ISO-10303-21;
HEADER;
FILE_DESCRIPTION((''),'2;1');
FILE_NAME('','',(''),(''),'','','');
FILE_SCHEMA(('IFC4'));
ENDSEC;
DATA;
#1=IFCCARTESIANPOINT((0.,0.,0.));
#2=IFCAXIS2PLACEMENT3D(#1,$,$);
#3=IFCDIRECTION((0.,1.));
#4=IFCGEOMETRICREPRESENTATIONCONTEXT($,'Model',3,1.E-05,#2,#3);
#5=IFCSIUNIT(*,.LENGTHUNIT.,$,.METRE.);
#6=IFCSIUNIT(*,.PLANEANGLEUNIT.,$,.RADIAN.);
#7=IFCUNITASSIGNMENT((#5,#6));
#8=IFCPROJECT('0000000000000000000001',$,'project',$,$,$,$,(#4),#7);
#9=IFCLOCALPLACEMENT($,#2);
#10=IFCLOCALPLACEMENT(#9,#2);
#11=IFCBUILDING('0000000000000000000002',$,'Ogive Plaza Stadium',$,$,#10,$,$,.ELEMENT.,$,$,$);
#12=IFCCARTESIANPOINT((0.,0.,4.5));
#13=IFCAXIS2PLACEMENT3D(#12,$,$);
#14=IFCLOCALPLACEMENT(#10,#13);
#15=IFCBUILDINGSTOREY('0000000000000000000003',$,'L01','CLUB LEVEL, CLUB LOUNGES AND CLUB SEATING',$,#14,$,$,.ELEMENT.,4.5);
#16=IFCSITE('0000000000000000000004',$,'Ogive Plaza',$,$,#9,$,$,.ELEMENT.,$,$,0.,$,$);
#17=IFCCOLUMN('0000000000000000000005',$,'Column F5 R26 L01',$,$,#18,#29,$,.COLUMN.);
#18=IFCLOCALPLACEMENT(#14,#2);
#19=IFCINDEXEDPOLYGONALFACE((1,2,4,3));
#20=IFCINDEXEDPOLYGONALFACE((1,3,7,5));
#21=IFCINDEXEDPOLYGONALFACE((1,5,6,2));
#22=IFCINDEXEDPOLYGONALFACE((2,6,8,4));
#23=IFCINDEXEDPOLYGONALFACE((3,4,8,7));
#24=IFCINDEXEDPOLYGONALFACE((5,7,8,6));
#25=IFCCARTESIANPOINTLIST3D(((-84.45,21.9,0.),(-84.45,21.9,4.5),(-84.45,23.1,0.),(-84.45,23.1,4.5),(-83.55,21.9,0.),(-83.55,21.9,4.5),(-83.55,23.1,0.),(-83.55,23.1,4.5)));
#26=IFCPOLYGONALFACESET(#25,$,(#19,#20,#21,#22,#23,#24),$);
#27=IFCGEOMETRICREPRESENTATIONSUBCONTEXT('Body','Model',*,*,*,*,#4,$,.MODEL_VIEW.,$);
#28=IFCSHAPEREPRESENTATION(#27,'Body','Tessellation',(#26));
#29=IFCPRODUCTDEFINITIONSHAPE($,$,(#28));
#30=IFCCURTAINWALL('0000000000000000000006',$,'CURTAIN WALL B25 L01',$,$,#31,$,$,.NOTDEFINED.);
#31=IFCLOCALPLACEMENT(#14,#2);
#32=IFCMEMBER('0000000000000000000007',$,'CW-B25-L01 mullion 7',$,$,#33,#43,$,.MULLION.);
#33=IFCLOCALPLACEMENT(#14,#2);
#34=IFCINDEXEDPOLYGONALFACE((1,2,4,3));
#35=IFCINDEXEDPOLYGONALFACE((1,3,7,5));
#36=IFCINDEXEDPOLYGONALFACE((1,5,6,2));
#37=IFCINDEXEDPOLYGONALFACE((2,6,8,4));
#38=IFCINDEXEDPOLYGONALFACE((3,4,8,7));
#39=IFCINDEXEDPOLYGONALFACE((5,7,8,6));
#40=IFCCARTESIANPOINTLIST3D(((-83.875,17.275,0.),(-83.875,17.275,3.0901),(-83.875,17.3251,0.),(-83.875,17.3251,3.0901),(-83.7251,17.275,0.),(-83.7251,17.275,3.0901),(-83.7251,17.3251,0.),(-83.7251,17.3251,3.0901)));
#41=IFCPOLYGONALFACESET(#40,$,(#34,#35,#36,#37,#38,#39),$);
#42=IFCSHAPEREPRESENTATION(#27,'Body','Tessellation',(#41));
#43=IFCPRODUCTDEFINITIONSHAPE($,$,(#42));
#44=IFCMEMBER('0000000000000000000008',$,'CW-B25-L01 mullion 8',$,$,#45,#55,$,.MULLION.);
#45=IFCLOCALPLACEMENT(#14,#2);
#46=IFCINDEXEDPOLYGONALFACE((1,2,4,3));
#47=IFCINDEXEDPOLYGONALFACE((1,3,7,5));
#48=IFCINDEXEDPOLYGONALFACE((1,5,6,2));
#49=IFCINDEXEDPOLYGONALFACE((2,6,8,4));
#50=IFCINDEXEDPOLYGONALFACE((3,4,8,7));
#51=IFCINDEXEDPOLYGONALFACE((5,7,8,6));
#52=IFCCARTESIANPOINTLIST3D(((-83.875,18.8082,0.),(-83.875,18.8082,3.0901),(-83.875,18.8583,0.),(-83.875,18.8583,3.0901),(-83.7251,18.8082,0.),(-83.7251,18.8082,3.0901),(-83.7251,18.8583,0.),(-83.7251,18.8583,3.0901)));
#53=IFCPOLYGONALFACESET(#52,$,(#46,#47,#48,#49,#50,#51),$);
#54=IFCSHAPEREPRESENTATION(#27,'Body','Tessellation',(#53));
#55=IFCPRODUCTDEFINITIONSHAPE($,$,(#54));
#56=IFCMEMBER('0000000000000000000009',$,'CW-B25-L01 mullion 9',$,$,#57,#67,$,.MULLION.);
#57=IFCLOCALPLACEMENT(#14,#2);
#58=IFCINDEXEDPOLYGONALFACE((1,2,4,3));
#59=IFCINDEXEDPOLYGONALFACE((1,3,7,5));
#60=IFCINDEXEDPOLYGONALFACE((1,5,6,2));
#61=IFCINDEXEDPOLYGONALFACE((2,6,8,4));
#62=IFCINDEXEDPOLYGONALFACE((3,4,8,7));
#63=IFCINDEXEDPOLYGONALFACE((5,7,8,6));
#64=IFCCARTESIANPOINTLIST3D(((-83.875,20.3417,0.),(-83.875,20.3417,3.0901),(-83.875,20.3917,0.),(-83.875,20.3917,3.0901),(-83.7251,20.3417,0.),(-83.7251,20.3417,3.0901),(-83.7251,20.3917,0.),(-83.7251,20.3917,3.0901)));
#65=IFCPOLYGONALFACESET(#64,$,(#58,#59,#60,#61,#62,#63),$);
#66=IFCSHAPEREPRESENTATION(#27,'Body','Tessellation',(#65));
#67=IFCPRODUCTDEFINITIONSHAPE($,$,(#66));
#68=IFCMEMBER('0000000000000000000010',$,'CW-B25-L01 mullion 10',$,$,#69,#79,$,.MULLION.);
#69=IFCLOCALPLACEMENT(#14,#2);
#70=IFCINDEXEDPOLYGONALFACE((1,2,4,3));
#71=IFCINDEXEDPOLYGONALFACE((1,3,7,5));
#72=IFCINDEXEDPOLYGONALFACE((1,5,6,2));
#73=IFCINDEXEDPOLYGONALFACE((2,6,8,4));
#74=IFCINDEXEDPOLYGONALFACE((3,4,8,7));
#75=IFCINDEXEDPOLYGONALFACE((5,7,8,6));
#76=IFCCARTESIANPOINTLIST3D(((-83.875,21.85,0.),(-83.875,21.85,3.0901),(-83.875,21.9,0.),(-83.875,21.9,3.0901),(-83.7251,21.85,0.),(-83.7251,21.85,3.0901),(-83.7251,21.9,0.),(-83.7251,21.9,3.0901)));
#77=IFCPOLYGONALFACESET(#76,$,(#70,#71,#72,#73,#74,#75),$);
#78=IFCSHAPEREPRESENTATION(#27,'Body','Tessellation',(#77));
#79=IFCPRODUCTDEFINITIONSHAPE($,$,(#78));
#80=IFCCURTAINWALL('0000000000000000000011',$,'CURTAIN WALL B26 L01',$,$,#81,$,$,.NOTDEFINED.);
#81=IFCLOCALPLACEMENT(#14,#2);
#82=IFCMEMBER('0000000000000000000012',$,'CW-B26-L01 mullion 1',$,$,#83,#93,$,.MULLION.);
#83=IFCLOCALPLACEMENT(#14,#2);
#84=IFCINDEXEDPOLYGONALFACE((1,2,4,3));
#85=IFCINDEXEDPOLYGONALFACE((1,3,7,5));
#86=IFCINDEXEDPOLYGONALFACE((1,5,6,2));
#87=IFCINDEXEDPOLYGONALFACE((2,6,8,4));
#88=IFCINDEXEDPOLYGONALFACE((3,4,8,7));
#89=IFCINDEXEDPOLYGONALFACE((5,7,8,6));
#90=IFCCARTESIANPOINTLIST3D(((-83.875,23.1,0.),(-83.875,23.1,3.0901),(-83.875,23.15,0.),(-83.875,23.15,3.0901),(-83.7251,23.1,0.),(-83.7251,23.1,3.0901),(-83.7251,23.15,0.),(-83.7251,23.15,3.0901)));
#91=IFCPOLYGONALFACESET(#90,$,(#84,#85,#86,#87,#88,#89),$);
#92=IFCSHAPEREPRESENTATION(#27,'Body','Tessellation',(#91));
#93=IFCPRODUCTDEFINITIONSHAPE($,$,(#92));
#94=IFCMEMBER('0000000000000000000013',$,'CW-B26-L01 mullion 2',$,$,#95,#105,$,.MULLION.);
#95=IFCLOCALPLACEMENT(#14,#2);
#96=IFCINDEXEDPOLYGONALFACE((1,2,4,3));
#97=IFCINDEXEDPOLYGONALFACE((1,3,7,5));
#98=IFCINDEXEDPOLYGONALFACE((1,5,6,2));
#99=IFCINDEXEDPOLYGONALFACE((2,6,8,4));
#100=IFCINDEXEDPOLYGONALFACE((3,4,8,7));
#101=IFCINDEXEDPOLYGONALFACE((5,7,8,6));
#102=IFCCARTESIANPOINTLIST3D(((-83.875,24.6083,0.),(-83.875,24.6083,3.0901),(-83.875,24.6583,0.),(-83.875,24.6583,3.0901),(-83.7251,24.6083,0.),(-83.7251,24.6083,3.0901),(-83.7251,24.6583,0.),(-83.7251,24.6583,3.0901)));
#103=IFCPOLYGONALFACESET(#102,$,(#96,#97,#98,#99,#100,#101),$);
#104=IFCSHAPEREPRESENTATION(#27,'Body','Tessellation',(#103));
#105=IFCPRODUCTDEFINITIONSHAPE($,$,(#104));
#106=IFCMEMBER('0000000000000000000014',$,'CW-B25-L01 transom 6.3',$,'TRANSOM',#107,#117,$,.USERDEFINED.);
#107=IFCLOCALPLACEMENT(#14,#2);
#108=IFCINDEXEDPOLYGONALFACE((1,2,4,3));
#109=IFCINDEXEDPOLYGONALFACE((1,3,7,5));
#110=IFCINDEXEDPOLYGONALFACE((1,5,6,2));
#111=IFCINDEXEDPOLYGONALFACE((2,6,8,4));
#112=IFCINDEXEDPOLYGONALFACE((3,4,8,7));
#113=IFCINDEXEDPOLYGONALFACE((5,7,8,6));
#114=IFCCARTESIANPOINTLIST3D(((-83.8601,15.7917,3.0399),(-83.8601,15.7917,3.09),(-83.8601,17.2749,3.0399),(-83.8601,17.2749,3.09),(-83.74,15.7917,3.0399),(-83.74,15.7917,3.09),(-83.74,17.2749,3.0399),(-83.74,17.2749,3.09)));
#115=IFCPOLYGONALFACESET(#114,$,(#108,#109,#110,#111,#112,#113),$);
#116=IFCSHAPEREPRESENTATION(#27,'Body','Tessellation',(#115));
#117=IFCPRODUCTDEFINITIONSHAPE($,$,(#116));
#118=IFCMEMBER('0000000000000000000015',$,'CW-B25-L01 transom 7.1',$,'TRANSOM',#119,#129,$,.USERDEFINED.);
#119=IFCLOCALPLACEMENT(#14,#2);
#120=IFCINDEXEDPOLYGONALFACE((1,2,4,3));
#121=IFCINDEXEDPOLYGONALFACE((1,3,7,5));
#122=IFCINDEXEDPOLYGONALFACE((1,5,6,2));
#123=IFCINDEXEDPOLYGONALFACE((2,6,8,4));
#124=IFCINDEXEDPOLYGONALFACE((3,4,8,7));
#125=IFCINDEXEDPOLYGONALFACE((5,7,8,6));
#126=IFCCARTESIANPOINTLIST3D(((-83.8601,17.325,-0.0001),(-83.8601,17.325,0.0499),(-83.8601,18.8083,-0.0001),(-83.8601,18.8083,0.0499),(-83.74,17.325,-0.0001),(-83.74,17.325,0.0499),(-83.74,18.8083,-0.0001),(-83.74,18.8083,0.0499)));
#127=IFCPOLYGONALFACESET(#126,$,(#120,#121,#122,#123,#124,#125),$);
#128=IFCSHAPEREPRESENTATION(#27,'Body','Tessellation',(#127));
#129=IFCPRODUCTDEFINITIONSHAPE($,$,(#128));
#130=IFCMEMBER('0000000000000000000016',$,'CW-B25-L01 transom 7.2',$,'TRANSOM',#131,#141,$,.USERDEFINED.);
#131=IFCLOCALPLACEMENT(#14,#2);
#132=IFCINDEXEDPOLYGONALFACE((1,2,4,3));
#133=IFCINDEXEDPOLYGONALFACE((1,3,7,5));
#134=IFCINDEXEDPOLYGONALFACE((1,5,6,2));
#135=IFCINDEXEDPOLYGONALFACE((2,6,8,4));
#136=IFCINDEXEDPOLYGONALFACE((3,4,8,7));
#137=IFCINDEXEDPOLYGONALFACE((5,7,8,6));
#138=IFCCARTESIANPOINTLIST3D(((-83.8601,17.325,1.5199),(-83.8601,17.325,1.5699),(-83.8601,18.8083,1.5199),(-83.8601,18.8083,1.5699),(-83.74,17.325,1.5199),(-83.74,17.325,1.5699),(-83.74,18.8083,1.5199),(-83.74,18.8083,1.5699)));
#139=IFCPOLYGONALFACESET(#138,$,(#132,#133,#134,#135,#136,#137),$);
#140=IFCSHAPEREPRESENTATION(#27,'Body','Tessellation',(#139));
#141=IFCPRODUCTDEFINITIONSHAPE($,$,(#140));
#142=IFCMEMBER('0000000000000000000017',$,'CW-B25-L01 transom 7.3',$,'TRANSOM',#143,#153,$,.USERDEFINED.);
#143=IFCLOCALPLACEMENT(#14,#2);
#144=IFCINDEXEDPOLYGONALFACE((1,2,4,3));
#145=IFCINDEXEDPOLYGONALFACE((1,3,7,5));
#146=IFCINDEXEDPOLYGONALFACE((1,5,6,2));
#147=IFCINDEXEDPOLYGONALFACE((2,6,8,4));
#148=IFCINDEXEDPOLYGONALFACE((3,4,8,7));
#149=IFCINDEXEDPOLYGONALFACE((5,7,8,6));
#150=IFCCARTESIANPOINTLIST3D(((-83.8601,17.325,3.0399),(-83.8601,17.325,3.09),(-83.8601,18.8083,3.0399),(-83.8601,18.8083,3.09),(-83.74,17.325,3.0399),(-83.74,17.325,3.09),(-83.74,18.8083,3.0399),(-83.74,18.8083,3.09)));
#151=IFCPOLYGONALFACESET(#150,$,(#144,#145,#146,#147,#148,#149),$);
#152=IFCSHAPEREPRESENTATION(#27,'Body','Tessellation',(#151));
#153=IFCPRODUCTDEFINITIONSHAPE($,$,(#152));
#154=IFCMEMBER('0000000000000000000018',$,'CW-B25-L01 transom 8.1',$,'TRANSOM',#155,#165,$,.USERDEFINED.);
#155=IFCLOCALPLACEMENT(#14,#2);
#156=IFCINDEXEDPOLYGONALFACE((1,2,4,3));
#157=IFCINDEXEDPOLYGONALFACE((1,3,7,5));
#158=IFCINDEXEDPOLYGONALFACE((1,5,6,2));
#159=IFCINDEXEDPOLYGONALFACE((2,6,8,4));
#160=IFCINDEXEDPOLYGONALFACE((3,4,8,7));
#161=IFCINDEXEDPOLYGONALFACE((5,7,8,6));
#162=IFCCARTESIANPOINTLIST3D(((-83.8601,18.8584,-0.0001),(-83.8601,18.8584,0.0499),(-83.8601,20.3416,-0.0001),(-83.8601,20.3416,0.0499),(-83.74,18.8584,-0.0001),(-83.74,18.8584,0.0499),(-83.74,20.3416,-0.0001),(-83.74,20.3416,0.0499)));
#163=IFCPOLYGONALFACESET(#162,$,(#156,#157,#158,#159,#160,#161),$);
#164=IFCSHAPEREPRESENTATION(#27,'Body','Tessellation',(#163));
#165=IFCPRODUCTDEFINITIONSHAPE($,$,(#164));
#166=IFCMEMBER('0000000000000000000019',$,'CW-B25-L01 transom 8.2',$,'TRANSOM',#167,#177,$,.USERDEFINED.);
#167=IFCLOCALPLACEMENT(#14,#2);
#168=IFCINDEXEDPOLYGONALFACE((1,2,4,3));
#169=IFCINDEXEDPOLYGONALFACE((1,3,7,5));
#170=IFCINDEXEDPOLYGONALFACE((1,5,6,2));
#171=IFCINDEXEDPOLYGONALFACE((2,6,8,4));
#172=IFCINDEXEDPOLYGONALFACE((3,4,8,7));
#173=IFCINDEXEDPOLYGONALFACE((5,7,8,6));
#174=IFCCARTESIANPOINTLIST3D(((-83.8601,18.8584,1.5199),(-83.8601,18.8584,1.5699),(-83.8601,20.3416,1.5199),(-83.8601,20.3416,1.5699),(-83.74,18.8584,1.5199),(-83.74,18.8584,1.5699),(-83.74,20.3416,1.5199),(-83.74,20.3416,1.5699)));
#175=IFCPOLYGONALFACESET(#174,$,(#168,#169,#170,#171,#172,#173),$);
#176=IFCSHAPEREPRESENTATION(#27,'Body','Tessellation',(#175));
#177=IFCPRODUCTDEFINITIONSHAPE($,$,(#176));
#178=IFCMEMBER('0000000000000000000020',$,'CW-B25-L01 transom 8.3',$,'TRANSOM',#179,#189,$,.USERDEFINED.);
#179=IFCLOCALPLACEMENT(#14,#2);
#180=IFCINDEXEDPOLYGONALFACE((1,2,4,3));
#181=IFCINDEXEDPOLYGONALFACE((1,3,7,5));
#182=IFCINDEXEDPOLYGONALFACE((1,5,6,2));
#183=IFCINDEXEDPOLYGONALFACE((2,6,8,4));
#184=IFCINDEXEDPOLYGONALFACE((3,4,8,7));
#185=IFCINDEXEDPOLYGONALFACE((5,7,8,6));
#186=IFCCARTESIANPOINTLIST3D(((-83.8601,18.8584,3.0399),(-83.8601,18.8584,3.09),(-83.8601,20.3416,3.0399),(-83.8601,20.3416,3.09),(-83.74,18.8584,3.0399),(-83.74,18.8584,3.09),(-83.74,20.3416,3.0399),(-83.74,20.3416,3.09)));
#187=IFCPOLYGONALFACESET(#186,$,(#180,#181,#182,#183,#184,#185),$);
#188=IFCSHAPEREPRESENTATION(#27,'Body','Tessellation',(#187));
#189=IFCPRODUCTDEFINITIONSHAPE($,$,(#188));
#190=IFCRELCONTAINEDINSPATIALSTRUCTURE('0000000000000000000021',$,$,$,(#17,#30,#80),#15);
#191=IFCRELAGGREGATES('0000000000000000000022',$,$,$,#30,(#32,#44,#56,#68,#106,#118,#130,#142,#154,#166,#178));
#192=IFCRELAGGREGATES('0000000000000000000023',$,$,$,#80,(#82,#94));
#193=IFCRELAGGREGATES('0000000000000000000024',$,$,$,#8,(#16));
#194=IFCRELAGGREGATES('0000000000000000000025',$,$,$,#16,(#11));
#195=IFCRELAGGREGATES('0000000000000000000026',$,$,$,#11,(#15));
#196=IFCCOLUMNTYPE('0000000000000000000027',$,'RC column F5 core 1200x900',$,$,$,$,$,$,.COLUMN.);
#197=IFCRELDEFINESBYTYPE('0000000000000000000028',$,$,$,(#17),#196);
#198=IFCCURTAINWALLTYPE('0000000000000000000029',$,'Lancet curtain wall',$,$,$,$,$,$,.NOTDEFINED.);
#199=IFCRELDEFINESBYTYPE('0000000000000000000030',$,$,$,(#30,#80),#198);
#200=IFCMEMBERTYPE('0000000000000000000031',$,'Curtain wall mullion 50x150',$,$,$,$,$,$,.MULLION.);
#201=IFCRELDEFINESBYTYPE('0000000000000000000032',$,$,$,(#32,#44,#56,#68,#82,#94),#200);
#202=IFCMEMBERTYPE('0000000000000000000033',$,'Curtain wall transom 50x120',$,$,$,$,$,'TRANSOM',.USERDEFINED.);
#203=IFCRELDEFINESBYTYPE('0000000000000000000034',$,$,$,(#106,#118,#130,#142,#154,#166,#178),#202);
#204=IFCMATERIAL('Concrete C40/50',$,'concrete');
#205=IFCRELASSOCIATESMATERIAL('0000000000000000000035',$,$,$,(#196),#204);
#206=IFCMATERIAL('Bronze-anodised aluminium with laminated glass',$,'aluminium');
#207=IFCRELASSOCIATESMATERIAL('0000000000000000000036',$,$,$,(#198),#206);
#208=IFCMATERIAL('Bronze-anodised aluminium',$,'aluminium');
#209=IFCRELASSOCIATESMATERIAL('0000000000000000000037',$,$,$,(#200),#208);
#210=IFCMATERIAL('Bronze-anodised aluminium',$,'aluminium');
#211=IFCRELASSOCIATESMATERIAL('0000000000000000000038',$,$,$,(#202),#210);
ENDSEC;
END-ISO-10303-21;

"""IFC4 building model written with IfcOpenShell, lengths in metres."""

from ifc_helpers import new_model, si_unit, direction, frame, origin, origin_2d, place, context, subcontext, project, spatial, rectangle, extrude, material, material_profile, profile_set, type_object, element, aggregate, save


model = new_model("IFC4")

# Units and contexts
model_context = context("Model", 3, precision=1e-05, world=origin(), true_north=direction((0.0, 1.0)))
body_context = subcontext(model_context, "Body", "Model", "MODEL_VIEW")
ifc_project = project(units=[si_unit("LENGTHUNIT", "METRE"), si_unit("PLANEANGLEUNIT", "RADIAN")], contexts=[model_context])

# Site, building, storey
site_placement = place(None, origin())
site = spatial("IfcSite", under=ifc_project, at=site_placement, Name="Ogive Plaza", CompositionType="ELEMENT", RefElevation=0.0)
building_placement = place(site_placement, origin())
building = spatial("IfcBuilding", under=site, at=building_placement, Name="Ogive Plaza Stadium", CompositionType="ELEMENT")
storey_placement = place(building_placement, frame((0.0, 0.0, 4.5)))
storey = spatial("IfcBuildingStorey", under=building, at=storey_placement, Name="L01", Description="CLUB LEVEL, CLUB LOUNGES AND CLUB SEATING", CompositionType="ELEMENT", Elevation=4.5)

# Column
ifc_material_1 = material(Name="Concrete C40/50", Category="concrete")
ifc_material_profile_1 = material_profile(ifc_material_1, rectangle(XDim=1.2, YDim=0.8999, at=origin_2d()), Name="RC 1200x900")
ifc_profile_set_1 = profile_set([ifc_material_profile_1], Name="Concrete C40/50")
column_type = type_object("IfcColumnType", Name="RC column F5 core 1200x900", PredefinedType="COLUMN", material=ifc_profile_set_1)
column_placement = place(storey_placement, frame((-84.0, 22.5, 0.0), z_axis=(0.0, 0.0, 1.0), x_axis=(0.0, -1.0, 0.0)))
element("IfcColumn", 1, at=column_placement, inside=storey, type_object=column_type, Name="Column F5 R26 L01", PredefinedType="COLUMN", context=body_context, shape_type="SweptSolid", body=[
    extrude(rectangle(XDim=1.2, YDim=0.8999, at=origin_2d()), origin(), (0.0, 0.0, 1.0), 4.5),
])

# Curtain walls, members
ifc_material_2 = material(Name="Bronze-anodised aluminium with laminated glass", Category="aluminium")
curtain_wall_type = type_object("IfcCurtainWallType", Name="Lancet curtain wall", PredefinedType="NOTDEFINED", material=ifc_material_2)
curtain_wall_1_placement = place(storey_placement, origin())
curtain_wall_1 = element("IfcCurtainWall", 2, at=curtain_wall_1_placement, inside=storey, type_object=curtain_wall_type, Name="CURTAIN WALL B25 L01", PredefinedType="NOTDEFINED")
ifc_material_3 = material(Name="Bronze-anodised aluminium", Category="aluminium")
ifc_material_profile_2 = material_profile(ifc_material_3, rectangle(XDim=0.1499, YDim=0.05, at=origin_2d()), Name="AL 150x50")
ifc_profile_set_2 = profile_set([ifc_material_profile_2], Name="Bronze-anodised aluminium")
member_type_1 = type_object("IfcMemberType", Name="Curtain wall mullion 50x150", PredefinedType="MULLION", material=ifc_profile_set_2)
member_1_placement = place(storey_placement, frame((-83.8, 17.3, 0.0), z_axis=(0.0, 0.0, 1.0), x_axis=(-1.0, 0.0, 0.0)))
member_1 = element("IfcMember", 3, at=member_1_placement, type_object=member_type_1, Name="CW-B25-L01 mullion 7", PredefinedType="MULLION", context=body_context, shape_type="SweptSolid", body=[
    extrude(rectangle(XDim=0.1499, YDim=0.05, at=origin_2d()), origin(), (0.0, 0.0, 1.0), 3.0901),
])
member_2_placement = place(storey_placement, frame((-83.8, 18.8333, 0.0), z_axis=(0.0, 0.0, 1.0), x_axis=(-1.0, 0.0, 0.0)))
member_2 = element("IfcMember", 4, at=member_2_placement, type_object=member_type_1, Name="CW-B25-L01 mullion 8", PredefinedType="MULLION", context=body_context, shape_type="SweptSolid", body=[
    extrude(rectangle(XDim=0.1499, YDim=0.05, at=origin_2d()), origin(), (0.0, 0.0, 1.0), 3.0901),
])
member_3_placement = place(storey_placement, frame((-83.8, 20.3667, 0.0), z_axis=(0.0, 0.0, 1.0), x_axis=(-1.0, 0.0, 0.0)))
member_3 = element("IfcMember", 5, at=member_3_placement, type_object=member_type_1, Name="CW-B25-L01 mullion 9", PredefinedType="MULLION", context=body_context, shape_type="SweptSolid", body=[
    extrude(rectangle(XDim=0.1499, YDim=0.05, at=origin_2d()), origin(), (0.0, 0.0, 1.0), 3.0901),
])
member_4_placement = place(storey_placement, frame((-83.8, 21.875, 0.0), z_axis=(0.0, 0.0, 1.0), x_axis=(-1.0, 0.0, 0.0)))
member_4 = element("IfcMember", 6, at=member_4_placement, type_object=member_type_1, Name="CW-B25-L01 mullion 10", PredefinedType="MULLION", context=body_context, shape_type="SweptSolid", body=[
    extrude(rectangle(XDim=0.1499, YDim=0.05, at=origin_2d()), origin(), (0.0, 0.0, 1.0), 3.0901),
])
curtain_wall_2_placement = place(storey_placement, origin())
curtain_wall_2 = element("IfcCurtainWall", 7, at=curtain_wall_2_placement, inside=storey, type_object=curtain_wall_type, Name="CURTAIN WALL B26 L01", PredefinedType="NOTDEFINED")
member_5_placement = place(storey_placement, frame((-83.8, 23.125, 0.0), z_axis=(0.0, 0.0, 1.0), x_axis=(-1.0, 0.0, 0.0)))
member_5 = element("IfcMember", 8, at=member_5_placement, type_object=member_type_1, Name="CW-B26-L01 mullion 1", PredefinedType="MULLION", context=body_context, shape_type="SweptSolid", body=[
    extrude(rectangle(XDim=0.1499, YDim=0.05, at=origin_2d()), origin(), (0.0, 0.0, 1.0), 3.0901),
])
member_6_placement = place(storey_placement, frame((-83.8, 24.6333, 0.0), z_axis=(0.0, 0.0, 1.0), x_axis=(-1.0, 0.0, 0.0)))
member_6 = element("IfcMember", 9, at=member_6_placement, type_object=member_type_1, Name="CW-B26-L01 mullion 2", PredefinedType="MULLION", context=body_context, shape_type="SweptSolid", body=[
    extrude(rectangle(XDim=0.1499, YDim=0.05, at=origin_2d()), origin(), (0.0, 0.0, 1.0), 3.0901),
])

# Members
ifc_material_4 = material(Name="Bronze-anodised aluminium", Category="aluminium")
ifc_material_profile_3 = material_profile(ifc_material_4, rectangle(XDim=0.1201, YDim=0.05, at=origin_2d()), Name="AL 120x50")
ifc_profile_set_3 = profile_set([ifc_material_profile_3], Name="Bronze-anodised aluminium")
member_type_2 = type_object("IfcMemberType", Name="Curtain wall transom 50x120", ElementType="TRANSOM", PredefinedType="USERDEFINED", material=ifc_profile_set_3)
member_7_placement = place(storey_placement, frame((-83.8, 15.7917, 3.0649), z_axis=(0.0, 1.0, 0.0), x_axis=(-1.0, 0.0, 0.0)))
member_7 = element("IfcMember", 10, at=member_7_placement, type_object=member_type_2, Name="CW-B25-L01 transom 6.3", ObjectType="TRANSOM", PredefinedType="USERDEFINED", context=body_context, shape_type="SweptSolid", body=[
    extrude(rectangle(XDim=0.1201, YDim=0.05, at=origin_2d()), origin(), (0.0, 0.0, 1.0), 1.4832),
])
member_8_placement = place(storey_placement, frame((-83.8, 17.325, 0.0249), z_axis=(0.0, 1.0, 0.0), x_axis=(-1.0, 0.0, 0.0)))
member_8 = element("IfcMember", 11, at=member_8_placement, type_object=member_type_2, Name="CW-B25-L01 transom 7.1", ObjectType="TRANSOM", PredefinedType="USERDEFINED", context=body_context, shape_type="SweptSolid", body=[
    extrude(rectangle(XDim=0.1201, YDim=0.05, at=origin_2d()), origin(), (0.0, 0.0, 1.0), 1.4834),
])
member_9_placement = place(storey_placement, frame((-83.8, 17.325, 1.5449), z_axis=(0.0, 1.0, 0.0), x_axis=(-1.0, 0.0, 0.0)))
member_9 = element("IfcMember", 12, at=member_9_placement, type_object=member_type_2, Name="CW-B25-L01 transom 7.2", ObjectType="TRANSOM", PredefinedType="USERDEFINED", context=body_context, shape_type="SweptSolid", body=[
    extrude(rectangle(XDim=0.1201, YDim=0.05, at=origin_2d()), origin(), (0.0, 0.0, 1.0), 1.4834),
])
member_10_placement = place(storey_placement, frame((-83.8, 17.325, 3.0649), z_axis=(0.0, 1.0, 0.0), x_axis=(-1.0, 0.0, 0.0)))
member_10 = element("IfcMember", 13, at=member_10_placement, type_object=member_type_2, Name="CW-B25-L01 transom 7.3", ObjectType="TRANSOM", PredefinedType="USERDEFINED", context=body_context, shape_type="SweptSolid", body=[
    extrude(rectangle(XDim=0.1201, YDim=0.05, at=origin_2d()), origin(), (0.0, 0.0, 1.0), 1.4834),
])
member_11_placement = place(storey_placement, frame((-83.8, 18.8584, 0.0249), z_axis=(0.0, 1.0, 0.0), x_axis=(-1.0, 0.0, 0.0)))
member_11 = element("IfcMember", 14, at=member_11_placement, type_object=member_type_2, Name="CW-B25-L01 transom 8.1", ObjectType="TRANSOM", PredefinedType="USERDEFINED", context=body_context, shape_type="SweptSolid", body=[
    extrude(rectangle(XDim=0.1201, YDim=0.05, at=origin_2d()), origin(), (0.0, 0.0, 1.0), 1.4832),
])
member_12_placement = place(storey_placement, frame((-83.8, 18.8584, 1.5449), z_axis=(0.0, 1.0, 0.0), x_axis=(-1.0, 0.0, 0.0)))
member_12 = element("IfcMember", 15, at=member_12_placement, type_object=member_type_2, Name="CW-B25-L01 transom 8.2", ObjectType="TRANSOM", PredefinedType="USERDEFINED", context=body_context, shape_type="SweptSolid", body=[
    extrude(rectangle(XDim=0.1201, YDim=0.05, at=origin_2d()), origin(), (0.0, 0.0, 1.0), 1.4832),
])
member_13_placement = place(storey_placement, frame((-83.8, 18.8584, 3.0649), z_axis=(0.0, 1.0, 0.0), x_axis=(-1.0, 0.0, 0.0)))
member_13 = element("IfcMember", 16, at=member_13_placement, type_object=member_type_2, Name="CW-B25-L01 transom 8.3", ObjectType="TRANSOM", PredefinedType="USERDEFINED", context=body_context, shape_type="SweptSolid", body=[
    extrude(rectangle(XDim=0.1201, YDim=0.05, at=origin_2d()), origin(), (0.0, 0.0, 1.0), 1.4832),
])

aggregate(curtain_wall_1, [member_1, member_2, member_3, member_4, member_7, member_8, member_9, member_10, member_11, member_12, member_13])
aggregate(curtain_wall_2, [member_5, member_6])

save(model, "model.ifc")
